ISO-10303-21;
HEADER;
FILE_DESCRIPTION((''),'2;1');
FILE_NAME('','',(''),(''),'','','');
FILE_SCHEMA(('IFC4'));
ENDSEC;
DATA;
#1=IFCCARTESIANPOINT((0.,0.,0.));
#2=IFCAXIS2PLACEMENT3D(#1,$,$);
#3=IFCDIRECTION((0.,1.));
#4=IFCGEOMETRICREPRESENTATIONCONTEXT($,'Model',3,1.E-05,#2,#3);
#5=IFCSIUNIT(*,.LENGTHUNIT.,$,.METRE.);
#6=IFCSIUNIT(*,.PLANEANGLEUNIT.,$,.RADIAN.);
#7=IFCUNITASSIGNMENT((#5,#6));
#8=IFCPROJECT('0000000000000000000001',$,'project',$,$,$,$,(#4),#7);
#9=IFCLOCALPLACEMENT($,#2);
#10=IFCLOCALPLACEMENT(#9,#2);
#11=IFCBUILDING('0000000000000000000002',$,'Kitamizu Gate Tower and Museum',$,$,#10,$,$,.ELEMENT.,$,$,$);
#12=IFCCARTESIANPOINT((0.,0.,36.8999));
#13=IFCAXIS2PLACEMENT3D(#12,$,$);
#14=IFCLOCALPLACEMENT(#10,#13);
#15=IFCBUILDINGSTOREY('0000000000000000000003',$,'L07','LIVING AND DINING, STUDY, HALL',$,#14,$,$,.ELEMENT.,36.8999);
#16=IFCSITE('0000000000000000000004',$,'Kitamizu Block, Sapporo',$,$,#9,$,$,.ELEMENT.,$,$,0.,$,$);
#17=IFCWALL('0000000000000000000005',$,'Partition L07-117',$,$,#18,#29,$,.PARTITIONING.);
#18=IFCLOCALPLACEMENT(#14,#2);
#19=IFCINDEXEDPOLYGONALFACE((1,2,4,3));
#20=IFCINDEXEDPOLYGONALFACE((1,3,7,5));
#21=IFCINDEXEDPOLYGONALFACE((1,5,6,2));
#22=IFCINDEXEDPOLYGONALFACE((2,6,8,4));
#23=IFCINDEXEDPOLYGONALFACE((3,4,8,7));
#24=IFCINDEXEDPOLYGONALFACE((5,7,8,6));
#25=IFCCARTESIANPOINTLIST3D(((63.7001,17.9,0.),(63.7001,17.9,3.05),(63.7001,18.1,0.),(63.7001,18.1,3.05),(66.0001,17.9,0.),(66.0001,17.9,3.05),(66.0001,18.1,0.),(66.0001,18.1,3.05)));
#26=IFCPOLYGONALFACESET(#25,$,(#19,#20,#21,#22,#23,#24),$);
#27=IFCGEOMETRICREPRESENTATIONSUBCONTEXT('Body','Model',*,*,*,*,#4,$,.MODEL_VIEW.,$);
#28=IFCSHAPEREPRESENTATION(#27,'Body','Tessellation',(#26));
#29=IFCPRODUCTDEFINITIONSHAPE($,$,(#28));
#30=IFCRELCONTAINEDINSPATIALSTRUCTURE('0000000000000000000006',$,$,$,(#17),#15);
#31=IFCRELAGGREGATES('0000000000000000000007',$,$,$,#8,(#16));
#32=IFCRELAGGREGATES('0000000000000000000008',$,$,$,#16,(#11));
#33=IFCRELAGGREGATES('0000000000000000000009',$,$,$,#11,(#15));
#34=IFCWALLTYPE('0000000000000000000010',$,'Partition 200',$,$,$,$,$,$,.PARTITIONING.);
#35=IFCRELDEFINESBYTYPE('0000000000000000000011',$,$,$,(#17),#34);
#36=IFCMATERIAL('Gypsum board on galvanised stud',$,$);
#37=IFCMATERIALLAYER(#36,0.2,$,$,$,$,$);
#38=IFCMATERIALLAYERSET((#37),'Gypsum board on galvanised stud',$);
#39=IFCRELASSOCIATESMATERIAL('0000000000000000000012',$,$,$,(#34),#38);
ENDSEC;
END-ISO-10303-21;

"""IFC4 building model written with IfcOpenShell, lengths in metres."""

from ifc_helpers import new_model, si_unit, direction, frame, frame_2d, origin, place, context, subcontext, project, spatial, rectangle, extrude, material, layer, layer_set, type_object, element, save


model = new_model("IFC4")

# Units and contexts
model_context = context("Model", 3, precision=1e-05, world=origin(), true_north=direction((0.0, 1.0)))
body_context = subcontext(model_context, "Body", "Model", "MODEL_VIEW")
ifc_project = project(units=[si_unit("LENGTHUNIT", "METRE"), si_unit("PLANEANGLEUNIT", "RADIAN")], contexts=[model_context])

# Site, building, storey
site_placement = place(None, origin())
site = spatial("IfcSite", under=ifc_project, at=site_placement, Name="Kitamizu Block, Sapporo", CompositionType="ELEMENT", RefElevation=0.0)
building_placement = place(site_placement, origin())
building = spatial("IfcBuilding", under=site, at=building_placement, Name="Kitamizu Gate Tower and Museum", CompositionType="ELEMENT")
storey_placement = place(building_placement, frame((0.0, 0.0, 36.8999)))
storey = spatial("IfcBuildingStorey", under=building, at=storey_placement, Name="L07", Description="LIVING AND DINING, STUDY, HALL", CompositionType="ELEMENT", Elevation=36.8999)

# Wall
ifc_material_1 = material(Name="Gypsum board on galvanised stud")
ifc_layer_1 = layer(ifc_material_1, 0.2)
ifc_layer_set_1 = layer_set([ifc_layer_1], Name="Gypsum board on galvanised stud")
wall_type_1 = type_object("IfcWallType", Name="Partition 200", PredefinedType="PARTITIONING", material=ifc_layer_set_1)
wall_1_placement = place(storey_placement, frame((66.0, 18.0, 0.0), z_axis=(0.0, 0.0, 1.0), x_axis=(-1.0, 0.0, 0.0)))
element("IfcWall", 1, at=wall_1_placement, inside=storey, type_object=wall_type_1, Name="Partition L07-117", PredefinedType="PARTITIONING", context=body_context, shape_type="SweptSolid", body=[
    extrude(rectangle(XDim=2.3, YDim=0.2, at=frame_2d((1.1499, 0.0))), origin(), (0.0, 0.0, 1.0), 3.05),
])

save(model, "model.ifc")
